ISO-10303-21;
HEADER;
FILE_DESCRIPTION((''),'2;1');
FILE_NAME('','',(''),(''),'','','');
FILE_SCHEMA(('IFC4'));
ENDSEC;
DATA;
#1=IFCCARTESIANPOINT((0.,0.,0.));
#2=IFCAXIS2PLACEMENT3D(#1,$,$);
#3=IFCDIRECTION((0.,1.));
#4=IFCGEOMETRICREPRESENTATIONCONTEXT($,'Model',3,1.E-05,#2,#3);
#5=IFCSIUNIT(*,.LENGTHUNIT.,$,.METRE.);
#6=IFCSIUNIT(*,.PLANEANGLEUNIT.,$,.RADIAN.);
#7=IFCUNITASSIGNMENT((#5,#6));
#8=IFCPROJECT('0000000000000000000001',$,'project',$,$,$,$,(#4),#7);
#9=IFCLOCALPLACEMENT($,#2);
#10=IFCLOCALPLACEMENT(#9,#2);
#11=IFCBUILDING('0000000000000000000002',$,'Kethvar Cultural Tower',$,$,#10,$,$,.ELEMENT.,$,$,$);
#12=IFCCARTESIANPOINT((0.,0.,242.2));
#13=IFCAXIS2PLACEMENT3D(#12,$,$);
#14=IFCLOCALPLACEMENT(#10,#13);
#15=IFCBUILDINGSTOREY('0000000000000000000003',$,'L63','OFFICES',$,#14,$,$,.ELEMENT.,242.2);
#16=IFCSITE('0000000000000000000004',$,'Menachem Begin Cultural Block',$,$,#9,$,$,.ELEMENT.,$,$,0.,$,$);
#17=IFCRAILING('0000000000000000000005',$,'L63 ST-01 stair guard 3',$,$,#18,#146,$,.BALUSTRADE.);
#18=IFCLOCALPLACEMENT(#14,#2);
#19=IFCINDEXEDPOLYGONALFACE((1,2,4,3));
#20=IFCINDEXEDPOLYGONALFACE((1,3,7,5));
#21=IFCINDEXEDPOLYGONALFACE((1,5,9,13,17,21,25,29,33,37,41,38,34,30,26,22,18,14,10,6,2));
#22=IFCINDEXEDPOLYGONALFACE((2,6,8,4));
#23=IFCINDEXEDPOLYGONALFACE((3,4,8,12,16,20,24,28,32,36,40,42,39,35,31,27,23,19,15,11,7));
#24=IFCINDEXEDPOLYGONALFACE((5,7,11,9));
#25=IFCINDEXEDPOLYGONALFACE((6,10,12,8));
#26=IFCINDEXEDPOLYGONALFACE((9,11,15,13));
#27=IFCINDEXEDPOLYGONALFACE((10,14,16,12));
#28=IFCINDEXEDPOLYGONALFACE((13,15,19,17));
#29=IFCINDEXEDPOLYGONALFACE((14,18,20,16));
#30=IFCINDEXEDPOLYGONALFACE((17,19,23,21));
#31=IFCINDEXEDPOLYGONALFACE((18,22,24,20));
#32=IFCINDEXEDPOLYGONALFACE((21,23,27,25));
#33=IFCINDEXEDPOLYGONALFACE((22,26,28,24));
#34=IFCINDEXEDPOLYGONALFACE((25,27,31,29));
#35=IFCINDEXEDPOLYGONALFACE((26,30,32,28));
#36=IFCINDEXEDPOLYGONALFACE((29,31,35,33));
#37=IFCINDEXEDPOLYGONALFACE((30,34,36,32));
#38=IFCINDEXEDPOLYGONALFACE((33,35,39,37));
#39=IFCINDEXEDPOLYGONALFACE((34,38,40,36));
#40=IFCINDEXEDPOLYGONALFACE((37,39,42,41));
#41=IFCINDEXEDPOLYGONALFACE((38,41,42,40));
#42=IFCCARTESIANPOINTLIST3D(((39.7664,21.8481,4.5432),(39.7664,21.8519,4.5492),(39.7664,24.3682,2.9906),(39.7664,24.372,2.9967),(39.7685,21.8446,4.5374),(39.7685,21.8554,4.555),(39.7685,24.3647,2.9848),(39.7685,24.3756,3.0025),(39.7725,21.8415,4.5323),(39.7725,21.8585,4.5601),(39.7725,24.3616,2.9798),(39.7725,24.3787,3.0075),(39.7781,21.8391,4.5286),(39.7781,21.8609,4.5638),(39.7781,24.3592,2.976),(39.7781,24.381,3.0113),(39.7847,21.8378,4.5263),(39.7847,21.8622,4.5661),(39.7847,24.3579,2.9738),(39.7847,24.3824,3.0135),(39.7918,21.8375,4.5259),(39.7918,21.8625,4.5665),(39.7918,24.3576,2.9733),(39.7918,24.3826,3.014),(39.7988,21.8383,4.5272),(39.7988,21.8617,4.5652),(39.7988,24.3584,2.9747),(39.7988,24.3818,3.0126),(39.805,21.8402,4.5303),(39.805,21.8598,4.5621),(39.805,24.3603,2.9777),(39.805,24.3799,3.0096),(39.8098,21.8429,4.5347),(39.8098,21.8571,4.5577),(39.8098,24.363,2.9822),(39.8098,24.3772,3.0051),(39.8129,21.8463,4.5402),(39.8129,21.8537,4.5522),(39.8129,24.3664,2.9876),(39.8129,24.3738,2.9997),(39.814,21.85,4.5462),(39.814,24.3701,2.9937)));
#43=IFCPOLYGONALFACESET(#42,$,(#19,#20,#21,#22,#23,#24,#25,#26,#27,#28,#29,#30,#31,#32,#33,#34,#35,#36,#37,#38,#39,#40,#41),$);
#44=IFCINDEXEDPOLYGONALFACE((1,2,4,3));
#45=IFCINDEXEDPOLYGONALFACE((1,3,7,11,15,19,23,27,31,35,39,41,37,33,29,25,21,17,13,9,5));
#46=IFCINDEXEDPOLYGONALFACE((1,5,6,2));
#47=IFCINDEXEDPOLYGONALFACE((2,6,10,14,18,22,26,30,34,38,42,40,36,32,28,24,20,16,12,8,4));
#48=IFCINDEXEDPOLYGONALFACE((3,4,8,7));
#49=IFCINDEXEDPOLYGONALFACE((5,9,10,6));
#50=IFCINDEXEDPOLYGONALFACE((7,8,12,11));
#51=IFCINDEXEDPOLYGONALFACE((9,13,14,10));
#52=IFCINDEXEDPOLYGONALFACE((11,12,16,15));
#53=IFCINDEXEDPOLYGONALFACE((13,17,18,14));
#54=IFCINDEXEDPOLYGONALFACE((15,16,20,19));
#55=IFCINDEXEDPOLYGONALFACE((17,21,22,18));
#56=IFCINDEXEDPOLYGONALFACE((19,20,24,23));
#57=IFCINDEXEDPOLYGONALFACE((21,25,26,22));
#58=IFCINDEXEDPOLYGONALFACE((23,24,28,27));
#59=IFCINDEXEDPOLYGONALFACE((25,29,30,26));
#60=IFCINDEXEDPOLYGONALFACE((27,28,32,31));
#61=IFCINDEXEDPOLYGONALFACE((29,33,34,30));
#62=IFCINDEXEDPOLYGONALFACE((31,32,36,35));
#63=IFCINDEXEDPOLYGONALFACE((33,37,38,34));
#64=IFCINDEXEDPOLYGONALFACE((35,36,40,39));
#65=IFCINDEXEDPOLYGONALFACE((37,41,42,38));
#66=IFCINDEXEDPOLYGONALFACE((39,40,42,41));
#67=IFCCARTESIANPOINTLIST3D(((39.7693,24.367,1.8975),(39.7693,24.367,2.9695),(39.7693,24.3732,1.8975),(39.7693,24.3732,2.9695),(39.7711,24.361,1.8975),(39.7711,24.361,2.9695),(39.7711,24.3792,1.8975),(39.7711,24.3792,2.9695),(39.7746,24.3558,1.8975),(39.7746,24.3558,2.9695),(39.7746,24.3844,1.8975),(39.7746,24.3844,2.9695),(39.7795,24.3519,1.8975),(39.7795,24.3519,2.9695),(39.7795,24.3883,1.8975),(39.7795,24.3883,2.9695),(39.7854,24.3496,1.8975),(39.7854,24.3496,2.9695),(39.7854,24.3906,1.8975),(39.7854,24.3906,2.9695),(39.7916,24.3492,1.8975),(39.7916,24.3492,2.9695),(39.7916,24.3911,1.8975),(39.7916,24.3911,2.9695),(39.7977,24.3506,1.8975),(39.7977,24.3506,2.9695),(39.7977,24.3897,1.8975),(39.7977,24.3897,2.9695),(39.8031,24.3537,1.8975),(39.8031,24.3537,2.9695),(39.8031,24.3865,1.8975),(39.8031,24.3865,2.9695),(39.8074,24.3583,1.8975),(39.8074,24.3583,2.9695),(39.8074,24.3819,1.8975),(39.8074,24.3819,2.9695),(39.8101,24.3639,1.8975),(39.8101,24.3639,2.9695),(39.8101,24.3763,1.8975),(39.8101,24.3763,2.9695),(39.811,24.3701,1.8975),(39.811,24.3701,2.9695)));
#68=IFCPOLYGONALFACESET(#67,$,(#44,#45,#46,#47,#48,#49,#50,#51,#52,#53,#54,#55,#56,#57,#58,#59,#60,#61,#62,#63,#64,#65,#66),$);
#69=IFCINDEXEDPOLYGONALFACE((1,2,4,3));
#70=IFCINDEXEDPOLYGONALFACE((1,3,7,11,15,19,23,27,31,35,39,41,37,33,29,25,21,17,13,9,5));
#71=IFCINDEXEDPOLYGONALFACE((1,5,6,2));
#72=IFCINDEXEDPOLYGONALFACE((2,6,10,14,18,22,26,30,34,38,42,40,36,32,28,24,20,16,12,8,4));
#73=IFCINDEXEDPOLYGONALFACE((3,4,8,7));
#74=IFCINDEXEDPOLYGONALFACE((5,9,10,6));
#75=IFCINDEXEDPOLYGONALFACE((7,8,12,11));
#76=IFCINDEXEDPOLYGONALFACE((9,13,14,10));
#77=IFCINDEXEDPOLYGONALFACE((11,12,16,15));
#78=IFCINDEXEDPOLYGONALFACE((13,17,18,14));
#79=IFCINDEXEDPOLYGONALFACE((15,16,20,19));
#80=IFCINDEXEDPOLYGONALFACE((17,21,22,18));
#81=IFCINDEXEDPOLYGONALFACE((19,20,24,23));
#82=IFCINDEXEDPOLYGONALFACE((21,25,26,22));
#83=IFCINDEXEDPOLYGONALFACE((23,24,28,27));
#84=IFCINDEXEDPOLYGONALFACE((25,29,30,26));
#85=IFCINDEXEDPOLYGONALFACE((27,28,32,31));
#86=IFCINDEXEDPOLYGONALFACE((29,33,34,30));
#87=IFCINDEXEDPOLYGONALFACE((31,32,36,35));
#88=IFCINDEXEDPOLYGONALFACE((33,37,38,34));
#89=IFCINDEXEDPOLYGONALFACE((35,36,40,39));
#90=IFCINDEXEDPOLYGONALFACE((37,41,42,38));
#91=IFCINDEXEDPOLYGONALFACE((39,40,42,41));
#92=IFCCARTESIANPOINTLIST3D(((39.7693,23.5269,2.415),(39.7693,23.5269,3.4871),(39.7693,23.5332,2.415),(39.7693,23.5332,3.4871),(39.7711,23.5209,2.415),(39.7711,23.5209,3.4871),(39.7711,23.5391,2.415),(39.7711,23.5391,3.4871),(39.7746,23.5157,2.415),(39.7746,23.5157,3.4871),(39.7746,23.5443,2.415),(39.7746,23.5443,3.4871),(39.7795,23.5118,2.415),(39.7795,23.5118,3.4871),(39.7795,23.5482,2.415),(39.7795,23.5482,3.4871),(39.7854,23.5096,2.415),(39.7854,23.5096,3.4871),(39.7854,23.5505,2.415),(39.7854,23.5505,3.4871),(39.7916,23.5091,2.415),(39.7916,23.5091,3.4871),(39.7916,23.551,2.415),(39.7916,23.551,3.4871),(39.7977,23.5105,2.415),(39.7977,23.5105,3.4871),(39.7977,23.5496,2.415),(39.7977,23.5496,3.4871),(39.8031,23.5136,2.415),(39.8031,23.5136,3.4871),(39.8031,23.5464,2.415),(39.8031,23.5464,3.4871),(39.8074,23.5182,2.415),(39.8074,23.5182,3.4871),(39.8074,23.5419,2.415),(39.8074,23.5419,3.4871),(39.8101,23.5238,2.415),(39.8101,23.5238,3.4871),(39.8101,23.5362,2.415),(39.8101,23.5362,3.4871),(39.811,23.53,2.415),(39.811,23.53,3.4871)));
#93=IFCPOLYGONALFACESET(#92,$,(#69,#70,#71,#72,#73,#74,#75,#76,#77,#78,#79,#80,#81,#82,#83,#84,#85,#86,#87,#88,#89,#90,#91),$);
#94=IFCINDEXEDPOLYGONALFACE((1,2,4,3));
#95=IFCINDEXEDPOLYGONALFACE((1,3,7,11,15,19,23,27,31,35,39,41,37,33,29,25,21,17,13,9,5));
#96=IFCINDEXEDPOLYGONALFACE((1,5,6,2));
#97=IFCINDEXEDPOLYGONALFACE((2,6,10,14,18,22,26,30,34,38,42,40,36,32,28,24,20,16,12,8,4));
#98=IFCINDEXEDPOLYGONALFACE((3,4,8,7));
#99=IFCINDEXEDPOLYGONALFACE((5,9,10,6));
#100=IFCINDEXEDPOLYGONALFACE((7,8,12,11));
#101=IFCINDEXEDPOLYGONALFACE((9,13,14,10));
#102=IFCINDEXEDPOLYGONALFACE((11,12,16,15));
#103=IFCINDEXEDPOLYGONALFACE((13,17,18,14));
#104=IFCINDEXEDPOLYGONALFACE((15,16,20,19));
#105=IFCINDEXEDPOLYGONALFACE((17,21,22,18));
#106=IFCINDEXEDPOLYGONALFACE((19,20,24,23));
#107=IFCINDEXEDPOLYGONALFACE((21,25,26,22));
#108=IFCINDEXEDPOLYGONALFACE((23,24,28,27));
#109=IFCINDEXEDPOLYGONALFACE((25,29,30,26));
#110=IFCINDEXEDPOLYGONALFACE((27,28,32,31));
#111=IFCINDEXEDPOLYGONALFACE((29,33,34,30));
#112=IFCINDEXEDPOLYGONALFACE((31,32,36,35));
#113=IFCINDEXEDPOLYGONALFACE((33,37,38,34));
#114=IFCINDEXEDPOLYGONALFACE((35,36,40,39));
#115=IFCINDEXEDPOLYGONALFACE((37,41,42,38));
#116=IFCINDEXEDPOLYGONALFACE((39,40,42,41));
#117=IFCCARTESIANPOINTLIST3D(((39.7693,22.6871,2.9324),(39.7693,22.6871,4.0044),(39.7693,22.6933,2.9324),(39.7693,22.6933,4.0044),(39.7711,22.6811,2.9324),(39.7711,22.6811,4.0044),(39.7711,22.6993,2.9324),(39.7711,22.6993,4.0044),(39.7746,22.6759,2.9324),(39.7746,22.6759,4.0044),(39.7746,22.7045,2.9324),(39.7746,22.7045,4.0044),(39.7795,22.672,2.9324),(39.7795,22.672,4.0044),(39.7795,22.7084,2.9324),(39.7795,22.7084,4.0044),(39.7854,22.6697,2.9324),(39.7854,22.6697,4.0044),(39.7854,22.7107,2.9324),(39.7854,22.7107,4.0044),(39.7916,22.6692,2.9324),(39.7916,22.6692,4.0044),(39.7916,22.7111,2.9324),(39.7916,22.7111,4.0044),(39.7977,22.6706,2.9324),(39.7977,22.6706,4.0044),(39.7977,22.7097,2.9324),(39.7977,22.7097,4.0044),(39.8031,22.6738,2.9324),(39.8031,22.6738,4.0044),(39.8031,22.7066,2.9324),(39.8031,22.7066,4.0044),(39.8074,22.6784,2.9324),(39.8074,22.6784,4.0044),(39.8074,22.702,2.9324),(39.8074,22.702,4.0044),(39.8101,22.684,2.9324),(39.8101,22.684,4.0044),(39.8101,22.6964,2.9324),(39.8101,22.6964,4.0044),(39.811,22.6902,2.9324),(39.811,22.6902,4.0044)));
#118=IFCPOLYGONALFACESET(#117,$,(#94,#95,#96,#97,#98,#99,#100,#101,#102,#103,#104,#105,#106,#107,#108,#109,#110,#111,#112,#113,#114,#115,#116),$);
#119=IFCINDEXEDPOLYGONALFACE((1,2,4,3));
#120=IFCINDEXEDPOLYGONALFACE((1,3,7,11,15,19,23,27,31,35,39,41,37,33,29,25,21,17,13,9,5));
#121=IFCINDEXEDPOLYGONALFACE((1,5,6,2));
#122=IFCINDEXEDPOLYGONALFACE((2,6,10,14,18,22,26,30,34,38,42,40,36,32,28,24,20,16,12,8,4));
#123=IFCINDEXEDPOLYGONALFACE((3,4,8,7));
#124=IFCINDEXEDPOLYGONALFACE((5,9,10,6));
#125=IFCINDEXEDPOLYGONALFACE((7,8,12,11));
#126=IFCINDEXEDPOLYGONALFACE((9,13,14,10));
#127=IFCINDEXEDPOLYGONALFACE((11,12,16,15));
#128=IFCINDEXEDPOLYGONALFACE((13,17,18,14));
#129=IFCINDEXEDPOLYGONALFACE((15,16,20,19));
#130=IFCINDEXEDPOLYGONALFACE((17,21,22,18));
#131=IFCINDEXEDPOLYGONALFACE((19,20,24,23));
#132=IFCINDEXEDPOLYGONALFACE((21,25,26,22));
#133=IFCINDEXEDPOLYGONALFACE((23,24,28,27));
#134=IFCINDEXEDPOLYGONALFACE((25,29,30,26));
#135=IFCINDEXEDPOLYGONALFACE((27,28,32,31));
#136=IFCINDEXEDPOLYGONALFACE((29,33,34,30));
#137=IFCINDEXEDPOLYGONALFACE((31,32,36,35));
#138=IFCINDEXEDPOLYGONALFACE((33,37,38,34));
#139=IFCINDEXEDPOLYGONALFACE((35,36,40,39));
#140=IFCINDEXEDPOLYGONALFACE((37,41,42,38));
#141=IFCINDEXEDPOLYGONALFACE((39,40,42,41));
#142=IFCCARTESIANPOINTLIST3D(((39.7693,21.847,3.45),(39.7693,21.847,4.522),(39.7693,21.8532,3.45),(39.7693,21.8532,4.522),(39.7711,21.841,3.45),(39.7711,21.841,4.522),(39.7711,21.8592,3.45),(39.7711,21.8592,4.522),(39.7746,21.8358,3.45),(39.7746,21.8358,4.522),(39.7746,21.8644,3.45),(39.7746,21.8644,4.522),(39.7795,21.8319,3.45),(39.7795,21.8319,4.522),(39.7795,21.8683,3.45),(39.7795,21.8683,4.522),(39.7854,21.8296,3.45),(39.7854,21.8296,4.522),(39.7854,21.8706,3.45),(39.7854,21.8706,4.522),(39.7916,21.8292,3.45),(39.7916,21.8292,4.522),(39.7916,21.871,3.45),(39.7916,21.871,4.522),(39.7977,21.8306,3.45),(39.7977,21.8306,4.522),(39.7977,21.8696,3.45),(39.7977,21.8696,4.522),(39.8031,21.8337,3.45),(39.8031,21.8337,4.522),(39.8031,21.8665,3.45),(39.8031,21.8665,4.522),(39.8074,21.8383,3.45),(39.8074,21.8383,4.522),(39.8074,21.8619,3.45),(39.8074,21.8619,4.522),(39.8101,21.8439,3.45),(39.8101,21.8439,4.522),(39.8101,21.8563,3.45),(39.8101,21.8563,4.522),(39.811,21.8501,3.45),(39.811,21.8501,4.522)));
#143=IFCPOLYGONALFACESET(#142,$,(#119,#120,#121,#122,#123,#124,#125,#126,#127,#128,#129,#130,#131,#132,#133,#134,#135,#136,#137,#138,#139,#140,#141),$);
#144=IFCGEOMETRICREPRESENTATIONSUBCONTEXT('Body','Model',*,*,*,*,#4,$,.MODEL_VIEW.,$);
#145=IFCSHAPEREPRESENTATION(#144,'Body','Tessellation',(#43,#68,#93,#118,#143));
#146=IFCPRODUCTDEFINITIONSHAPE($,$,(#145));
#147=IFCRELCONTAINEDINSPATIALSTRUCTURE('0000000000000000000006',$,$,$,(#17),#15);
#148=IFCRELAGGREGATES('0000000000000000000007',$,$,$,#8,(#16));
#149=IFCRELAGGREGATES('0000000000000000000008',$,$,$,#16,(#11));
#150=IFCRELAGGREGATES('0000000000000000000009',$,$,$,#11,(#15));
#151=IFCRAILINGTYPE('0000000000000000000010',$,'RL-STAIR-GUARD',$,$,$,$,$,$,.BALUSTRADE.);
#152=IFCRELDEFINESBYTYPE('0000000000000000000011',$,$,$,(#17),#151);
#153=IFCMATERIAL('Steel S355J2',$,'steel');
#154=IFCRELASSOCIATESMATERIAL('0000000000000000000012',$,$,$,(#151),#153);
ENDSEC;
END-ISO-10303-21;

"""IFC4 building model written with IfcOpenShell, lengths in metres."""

from ifc_helpers import new_model, si_unit, direction, frame, origin, origin_2d, place, context, subcontext, project, spatial, circle, extrude, material, type_object, element, save


model = new_model("IFC4")

# Units and contexts
model_context = context("Model", 3, precision=1e-05, world=origin(), true_north=direction((0.0, 1.0)))
body_context = subcontext(model_context, "Body", "Model", "MODEL_VIEW")
ifc_project = project(units=[si_unit("LENGTHUNIT", "METRE"), si_unit("PLANEANGLEUNIT", "RADIAN")], contexts=[model_context])

# Site, building, storey
site_placement = place(None, origin())
site = spatial("IfcSite", under=ifc_project, at=site_placement, Name="Menachem Begin Cultural Block", CompositionType="ELEMENT", RefElevation=0.0)
building_placement = place(site_placement, origin())
building = spatial("IfcBuilding", under=site, at=building_placement, Name="Kethvar Cultural Tower", CompositionType="ELEMENT")
storey_placement = place(building_placement, frame((0.0, 0.0, 242.2)))
storey = spatial("IfcBuildingStorey", under=building, at=storey_placement, Name="L63", Description="OFFICES", CompositionType="ELEMENT", Elevation=242.2)

# Shared definitions
ifc_material_1 = material(Name="Steel S355J2", Category="steel")

# Railing
railing_type_1 = type_object("IfcRailingType", Name="RL-STAIR-GUARD", PredefinedType="BALUSTRADE", material=ifc_material_1)
railing_1_placement = place(storey_placement, frame((39.79, 24.3701, 1.8975)))
element("IfcRailing", 1, at=railing_1_placement, inside=storey, type_object=railing_type_1, Name="L63 ST-01 stair guard 3", PredefinedType="BALUSTRADE", context=body_context, shape_type="SweptSolid", body=[
    extrude(circle(Radius=0.0239, at=origin_2d()), frame((0.0, 0.0, 1.0962), z_axis=(0.0, -0.8514, 0.524516), x_axis=(1.0, 0.0, 0.0)), (0.0, 0.0, 1.0), 2.96),
    extrude(circle(Radius=0.021, at=origin_2d()), origin(), (0.0, 0.0, 1.0), 1.072),
    extrude(circle(Radius=0.021, at=origin_2d()), frame((0.0, -0.8401, 0.5176)), (0.0, 0.0, 1.0), 1.072),
    extrude(circle(Radius=0.021, at=origin_2d()), frame((0.0, -1.6799, 1.0349)), (0.0, 0.0, 1.0), 1.072),
    extrude(circle(Radius=0.021, at=origin_2d()), frame((0.0, -2.52, 1.5525)), (0.0, 0.0, 1.0), 1.072),
])

save(model, "model.ifc")
